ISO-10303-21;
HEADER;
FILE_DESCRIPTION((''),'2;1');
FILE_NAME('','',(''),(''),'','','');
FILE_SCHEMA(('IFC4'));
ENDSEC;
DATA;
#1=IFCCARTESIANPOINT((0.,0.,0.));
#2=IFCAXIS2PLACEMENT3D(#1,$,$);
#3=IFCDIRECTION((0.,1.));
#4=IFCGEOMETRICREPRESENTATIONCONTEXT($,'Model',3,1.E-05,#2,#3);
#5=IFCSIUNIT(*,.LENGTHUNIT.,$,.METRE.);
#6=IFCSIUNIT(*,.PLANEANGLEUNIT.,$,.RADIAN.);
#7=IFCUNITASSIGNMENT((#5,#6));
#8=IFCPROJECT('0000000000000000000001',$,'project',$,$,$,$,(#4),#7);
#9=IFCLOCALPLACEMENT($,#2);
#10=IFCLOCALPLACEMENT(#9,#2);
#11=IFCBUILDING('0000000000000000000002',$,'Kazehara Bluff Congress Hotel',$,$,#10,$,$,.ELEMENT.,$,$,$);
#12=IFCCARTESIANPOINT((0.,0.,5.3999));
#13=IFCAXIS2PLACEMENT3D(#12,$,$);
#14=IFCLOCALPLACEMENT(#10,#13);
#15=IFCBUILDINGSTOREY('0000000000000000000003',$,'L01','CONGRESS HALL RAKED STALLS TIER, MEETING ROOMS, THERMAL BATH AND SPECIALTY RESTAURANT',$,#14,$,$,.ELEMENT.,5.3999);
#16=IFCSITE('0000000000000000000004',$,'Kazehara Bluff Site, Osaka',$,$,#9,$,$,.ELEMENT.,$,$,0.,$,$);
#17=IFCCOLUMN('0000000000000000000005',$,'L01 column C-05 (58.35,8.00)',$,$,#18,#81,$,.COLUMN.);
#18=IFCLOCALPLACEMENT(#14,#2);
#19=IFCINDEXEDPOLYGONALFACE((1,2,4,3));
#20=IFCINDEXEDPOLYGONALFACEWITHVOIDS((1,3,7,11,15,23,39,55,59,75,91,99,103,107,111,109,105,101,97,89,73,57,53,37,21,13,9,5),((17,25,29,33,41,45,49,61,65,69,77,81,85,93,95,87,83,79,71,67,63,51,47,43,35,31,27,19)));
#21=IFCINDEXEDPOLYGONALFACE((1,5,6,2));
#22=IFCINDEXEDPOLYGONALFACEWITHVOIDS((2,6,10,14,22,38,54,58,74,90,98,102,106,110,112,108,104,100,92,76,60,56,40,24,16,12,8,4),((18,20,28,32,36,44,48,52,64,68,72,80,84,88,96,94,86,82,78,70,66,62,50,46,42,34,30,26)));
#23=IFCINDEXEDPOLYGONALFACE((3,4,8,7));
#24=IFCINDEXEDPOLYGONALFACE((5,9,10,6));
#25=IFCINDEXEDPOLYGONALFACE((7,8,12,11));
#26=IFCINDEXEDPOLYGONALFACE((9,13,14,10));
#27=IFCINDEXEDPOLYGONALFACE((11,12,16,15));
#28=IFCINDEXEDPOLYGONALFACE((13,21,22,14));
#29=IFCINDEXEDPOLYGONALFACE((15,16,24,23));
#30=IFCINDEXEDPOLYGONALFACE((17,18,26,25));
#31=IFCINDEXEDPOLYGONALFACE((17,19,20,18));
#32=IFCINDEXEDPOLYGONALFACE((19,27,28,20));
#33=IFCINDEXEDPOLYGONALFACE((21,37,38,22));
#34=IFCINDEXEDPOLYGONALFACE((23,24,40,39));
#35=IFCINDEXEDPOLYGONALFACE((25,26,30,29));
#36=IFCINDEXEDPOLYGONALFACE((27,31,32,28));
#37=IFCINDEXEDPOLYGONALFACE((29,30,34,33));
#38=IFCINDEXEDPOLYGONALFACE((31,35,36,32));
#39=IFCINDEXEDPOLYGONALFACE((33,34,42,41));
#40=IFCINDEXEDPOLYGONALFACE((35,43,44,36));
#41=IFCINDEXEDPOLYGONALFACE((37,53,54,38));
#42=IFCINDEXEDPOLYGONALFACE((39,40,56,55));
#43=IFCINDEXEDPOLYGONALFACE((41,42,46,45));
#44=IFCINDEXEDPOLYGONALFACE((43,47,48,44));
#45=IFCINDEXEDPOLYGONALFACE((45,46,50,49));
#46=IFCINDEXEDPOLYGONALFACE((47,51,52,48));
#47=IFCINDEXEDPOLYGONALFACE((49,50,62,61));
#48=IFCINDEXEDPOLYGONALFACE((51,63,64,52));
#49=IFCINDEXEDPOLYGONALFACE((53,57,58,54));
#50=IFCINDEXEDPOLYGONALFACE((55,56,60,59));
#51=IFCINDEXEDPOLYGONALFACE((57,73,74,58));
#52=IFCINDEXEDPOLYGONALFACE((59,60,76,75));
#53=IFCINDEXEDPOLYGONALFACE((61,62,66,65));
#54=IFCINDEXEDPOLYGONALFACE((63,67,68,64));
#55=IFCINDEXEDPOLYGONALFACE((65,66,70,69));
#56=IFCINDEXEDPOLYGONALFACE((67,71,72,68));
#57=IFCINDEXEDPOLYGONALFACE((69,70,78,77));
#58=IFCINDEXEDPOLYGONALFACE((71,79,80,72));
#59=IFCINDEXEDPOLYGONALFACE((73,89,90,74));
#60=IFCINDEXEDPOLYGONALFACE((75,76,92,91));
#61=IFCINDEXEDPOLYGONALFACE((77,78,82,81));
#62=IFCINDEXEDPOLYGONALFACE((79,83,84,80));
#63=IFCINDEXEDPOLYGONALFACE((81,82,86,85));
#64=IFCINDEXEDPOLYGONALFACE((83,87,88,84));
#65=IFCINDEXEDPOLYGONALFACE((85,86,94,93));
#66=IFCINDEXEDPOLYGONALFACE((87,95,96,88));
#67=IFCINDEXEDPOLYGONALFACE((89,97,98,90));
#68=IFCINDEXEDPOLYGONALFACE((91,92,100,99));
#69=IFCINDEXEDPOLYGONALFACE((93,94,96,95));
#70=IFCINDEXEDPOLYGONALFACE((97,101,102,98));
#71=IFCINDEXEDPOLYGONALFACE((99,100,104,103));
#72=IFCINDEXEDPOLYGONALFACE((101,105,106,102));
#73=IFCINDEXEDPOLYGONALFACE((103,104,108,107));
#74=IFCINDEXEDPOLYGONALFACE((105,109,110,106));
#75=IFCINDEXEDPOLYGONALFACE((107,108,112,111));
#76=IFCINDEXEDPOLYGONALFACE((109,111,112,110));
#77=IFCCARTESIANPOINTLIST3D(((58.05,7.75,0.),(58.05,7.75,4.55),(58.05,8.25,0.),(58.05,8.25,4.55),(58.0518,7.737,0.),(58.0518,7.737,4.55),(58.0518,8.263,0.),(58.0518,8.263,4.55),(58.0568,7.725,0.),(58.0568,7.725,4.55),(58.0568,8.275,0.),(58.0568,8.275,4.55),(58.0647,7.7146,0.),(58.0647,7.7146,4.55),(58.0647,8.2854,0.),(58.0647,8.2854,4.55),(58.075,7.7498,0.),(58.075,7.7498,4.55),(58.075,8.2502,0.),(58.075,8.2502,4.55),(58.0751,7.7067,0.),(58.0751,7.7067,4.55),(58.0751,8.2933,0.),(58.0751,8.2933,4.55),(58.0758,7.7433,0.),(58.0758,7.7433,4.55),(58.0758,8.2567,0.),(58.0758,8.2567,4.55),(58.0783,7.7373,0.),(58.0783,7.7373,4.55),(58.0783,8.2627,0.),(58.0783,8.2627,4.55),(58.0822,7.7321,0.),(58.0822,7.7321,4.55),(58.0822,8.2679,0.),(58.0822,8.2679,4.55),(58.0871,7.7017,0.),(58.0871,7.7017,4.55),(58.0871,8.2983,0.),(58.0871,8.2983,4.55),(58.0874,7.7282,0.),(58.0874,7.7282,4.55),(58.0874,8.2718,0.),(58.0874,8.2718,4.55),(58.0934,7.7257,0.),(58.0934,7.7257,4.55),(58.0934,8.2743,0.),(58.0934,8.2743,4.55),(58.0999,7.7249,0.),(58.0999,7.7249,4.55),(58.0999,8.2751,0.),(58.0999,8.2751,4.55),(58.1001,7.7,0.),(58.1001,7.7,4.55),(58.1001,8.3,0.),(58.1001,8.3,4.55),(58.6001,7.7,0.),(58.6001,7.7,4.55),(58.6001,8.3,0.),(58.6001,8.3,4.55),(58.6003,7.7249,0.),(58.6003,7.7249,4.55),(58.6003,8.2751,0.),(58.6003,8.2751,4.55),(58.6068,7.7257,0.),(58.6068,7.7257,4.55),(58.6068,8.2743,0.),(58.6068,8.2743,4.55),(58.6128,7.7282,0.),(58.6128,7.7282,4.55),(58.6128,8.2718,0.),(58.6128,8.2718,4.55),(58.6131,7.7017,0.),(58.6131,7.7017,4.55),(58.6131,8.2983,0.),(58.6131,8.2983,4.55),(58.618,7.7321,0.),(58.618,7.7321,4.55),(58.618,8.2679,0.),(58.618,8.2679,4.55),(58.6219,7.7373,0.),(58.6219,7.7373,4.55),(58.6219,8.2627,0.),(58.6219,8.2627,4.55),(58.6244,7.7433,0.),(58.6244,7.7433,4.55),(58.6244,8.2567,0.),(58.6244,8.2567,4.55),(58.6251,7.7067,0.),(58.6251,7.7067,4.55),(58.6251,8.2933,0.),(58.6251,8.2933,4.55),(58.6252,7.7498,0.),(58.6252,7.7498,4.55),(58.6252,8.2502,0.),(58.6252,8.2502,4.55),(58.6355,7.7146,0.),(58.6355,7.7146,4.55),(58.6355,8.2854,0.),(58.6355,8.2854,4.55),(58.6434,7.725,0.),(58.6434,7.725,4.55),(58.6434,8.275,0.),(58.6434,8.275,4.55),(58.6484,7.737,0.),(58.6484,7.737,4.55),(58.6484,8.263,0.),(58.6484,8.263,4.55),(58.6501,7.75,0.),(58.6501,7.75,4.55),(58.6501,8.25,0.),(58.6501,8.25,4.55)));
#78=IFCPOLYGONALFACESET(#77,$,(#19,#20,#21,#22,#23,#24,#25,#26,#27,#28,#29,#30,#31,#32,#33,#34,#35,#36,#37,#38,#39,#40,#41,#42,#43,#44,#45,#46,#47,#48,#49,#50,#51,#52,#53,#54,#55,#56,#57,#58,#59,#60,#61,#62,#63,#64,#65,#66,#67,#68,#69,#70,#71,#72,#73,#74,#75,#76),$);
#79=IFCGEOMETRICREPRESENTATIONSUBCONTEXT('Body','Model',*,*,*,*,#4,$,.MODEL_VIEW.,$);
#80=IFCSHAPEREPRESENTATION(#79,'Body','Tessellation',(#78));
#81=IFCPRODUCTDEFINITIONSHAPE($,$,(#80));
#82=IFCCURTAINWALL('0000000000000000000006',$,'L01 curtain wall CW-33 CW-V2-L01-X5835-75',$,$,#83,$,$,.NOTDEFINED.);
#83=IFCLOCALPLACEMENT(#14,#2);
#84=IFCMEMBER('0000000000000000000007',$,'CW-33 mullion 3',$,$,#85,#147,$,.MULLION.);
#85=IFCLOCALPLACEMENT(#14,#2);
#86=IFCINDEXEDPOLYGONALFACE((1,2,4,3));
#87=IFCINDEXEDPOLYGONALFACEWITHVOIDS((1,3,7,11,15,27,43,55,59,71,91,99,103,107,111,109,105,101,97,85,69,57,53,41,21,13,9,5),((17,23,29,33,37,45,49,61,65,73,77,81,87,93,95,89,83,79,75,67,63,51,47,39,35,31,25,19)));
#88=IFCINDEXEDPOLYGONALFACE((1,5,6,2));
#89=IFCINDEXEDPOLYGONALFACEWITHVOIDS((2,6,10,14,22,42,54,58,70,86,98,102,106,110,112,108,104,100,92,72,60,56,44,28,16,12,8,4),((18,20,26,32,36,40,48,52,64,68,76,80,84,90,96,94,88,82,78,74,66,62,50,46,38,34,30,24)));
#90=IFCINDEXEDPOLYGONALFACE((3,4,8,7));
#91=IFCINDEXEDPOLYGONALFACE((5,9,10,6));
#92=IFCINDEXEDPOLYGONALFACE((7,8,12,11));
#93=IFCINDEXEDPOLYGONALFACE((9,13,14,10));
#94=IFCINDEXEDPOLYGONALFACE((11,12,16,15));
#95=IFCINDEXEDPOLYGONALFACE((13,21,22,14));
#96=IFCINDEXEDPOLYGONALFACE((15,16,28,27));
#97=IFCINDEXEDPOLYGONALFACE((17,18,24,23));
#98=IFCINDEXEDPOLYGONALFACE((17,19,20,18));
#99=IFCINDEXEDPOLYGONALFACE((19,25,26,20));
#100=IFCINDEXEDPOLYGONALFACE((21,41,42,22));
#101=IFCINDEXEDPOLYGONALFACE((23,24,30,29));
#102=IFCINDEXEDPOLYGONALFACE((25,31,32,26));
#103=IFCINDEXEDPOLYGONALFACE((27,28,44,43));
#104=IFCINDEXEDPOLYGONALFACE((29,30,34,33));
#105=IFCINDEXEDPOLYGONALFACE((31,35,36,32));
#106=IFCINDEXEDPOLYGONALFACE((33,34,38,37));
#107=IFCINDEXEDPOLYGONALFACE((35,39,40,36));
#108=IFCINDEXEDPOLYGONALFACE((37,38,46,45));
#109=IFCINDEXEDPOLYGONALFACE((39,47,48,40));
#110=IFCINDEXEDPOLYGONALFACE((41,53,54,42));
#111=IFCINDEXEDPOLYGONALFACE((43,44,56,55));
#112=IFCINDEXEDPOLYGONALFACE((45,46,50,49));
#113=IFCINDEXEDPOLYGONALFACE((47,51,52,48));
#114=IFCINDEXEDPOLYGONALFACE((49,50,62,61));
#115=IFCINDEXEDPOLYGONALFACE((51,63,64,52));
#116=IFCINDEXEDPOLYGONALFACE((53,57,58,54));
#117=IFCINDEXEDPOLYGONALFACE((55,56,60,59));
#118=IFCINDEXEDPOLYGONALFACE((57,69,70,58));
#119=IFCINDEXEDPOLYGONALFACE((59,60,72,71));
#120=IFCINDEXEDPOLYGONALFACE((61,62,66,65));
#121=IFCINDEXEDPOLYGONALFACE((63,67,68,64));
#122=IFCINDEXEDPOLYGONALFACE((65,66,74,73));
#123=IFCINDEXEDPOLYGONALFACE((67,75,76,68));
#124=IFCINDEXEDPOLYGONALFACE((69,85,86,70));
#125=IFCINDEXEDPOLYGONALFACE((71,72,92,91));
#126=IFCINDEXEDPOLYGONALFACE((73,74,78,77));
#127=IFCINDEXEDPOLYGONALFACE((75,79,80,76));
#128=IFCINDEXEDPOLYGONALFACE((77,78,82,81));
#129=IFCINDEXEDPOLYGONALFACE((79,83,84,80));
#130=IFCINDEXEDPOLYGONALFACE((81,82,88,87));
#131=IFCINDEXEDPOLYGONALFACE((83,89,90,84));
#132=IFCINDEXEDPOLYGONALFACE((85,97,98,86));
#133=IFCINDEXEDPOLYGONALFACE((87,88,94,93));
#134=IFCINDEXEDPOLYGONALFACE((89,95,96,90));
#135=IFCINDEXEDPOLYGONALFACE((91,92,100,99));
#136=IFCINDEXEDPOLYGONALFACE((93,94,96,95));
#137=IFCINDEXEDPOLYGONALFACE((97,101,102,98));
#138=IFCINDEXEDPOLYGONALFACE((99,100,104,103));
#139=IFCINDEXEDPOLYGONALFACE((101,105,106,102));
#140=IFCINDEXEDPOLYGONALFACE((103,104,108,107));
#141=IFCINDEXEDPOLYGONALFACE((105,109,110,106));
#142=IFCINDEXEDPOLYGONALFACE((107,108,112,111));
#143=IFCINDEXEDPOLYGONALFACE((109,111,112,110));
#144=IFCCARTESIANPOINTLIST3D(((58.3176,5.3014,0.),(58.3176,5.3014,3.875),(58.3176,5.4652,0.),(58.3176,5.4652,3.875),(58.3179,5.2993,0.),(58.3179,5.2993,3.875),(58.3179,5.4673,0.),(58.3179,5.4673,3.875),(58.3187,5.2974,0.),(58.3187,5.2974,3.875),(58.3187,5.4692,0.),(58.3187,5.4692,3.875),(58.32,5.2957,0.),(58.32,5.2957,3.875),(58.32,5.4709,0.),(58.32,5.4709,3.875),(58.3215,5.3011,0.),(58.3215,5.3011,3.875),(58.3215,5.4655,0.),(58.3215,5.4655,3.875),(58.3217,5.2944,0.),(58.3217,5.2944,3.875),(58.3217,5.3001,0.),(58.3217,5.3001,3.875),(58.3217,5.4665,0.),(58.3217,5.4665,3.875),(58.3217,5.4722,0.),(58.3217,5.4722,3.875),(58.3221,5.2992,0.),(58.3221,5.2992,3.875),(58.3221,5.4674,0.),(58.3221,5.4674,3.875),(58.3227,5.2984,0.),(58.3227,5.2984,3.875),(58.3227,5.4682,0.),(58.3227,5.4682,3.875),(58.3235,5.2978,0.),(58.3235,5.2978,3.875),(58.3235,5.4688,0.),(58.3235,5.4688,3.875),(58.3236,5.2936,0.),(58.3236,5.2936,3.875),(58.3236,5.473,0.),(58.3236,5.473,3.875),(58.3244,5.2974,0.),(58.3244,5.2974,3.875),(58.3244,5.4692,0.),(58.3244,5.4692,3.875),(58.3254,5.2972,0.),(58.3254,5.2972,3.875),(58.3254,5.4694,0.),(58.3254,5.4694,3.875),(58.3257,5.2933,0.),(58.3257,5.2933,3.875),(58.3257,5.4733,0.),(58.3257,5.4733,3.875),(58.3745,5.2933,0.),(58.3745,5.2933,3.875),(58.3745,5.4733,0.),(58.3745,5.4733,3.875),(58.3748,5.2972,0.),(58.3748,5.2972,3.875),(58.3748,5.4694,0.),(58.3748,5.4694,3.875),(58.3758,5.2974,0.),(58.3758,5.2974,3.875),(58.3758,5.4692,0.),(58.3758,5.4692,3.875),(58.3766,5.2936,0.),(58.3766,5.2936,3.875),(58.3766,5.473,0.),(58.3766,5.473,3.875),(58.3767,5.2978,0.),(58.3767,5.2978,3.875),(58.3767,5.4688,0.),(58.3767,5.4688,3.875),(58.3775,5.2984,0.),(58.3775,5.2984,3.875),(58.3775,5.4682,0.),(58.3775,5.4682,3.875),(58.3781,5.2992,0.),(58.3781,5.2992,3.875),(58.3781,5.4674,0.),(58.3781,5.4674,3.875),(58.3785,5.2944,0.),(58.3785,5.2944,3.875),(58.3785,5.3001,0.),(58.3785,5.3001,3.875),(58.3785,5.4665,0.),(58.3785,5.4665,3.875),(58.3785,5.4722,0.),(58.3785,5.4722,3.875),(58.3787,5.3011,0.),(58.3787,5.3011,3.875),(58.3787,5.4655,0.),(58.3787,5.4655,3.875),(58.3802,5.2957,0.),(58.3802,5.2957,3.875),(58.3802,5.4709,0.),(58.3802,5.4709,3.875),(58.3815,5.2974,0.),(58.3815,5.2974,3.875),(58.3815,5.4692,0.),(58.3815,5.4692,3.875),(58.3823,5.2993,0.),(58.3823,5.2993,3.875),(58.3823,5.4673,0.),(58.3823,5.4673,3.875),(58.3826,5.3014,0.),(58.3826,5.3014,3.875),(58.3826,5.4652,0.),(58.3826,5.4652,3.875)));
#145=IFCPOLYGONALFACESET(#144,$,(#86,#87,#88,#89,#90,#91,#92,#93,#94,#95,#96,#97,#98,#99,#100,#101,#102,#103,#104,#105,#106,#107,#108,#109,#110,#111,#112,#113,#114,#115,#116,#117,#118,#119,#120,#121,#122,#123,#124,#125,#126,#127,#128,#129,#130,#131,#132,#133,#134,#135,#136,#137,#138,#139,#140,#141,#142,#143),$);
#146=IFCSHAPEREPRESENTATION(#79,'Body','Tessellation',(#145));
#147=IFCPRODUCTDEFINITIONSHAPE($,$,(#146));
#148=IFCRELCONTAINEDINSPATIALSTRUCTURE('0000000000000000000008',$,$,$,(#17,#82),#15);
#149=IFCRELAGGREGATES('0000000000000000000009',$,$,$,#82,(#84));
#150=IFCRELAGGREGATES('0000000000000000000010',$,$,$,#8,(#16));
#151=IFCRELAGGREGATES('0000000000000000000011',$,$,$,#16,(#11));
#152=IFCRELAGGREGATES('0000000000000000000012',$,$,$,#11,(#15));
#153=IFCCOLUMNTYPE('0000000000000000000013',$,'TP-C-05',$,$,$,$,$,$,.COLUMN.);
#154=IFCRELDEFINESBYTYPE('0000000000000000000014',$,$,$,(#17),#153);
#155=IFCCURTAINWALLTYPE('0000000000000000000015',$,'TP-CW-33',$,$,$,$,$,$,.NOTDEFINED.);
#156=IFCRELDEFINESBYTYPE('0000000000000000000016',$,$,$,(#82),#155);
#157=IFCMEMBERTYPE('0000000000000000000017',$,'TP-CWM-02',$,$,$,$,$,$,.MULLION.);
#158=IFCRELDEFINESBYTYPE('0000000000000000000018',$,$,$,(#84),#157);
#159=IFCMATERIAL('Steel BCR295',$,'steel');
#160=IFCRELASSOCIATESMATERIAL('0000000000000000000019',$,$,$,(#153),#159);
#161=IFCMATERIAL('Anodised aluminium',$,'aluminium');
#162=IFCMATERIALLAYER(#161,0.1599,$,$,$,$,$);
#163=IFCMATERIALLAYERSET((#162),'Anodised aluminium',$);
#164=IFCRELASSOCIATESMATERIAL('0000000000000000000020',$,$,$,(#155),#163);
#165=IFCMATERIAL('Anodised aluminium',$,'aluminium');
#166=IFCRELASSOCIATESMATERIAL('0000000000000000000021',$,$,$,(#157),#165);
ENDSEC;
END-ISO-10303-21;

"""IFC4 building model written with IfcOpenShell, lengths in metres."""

from ifc_helpers import new_model, si_unit, direction, frame, origin, origin_2d, place, context, subcontext, project, spatial, hollow_rectangle, extrude, material, layer, layer_set, material_profile, profile_set, type_object, element, aggregate, save


model = new_model("IFC4")

# Units and contexts
model_context = context("Model", 3, precision=1e-05, world=origin(), true_north=direction((0.0, 1.0)))
body_context = subcontext(model_context, "Body", "Model", "MODEL_VIEW")
ifc_project = project(units=[si_unit("LENGTHUNIT", "METRE"), si_unit("PLANEANGLEUNIT", "RADIAN")], contexts=[model_context])

# Site, building, storey
site_placement = place(None, origin())
site = spatial("IfcSite", under=ifc_project, at=site_placement, Name="Kazehara Bluff Site, Osaka", CompositionType="ELEMENT", RefElevation=0.0)
building_placement = place(site_placement, origin())
building = spatial("IfcBuilding", under=site, at=building_placement, Name="Kazehara Bluff Congress Hotel", CompositionType="ELEMENT")
storey_placement = place(building_placement, frame((0.0, 0.0, 5.3999)))
storey = spatial("IfcBuildingStorey", under=building, at=storey_placement, Name="L01", Description="CONGRESS HALL RAKED STALLS TIER, MEETING ROOMS, THERMAL BATH AND SPECIALTY RESTAURANT", CompositionType="ELEMENT", Elevation=5.3999)

# Column
ifc_material_1 = material(Name="Steel BCR295", Category="steel")
ifc_material_profile_1 = material_profile(ifc_material_1, hollow_rectangle(XDim=0.6001, YDim=0.6001, WallThickness=0.0249, InnerFilletRadius=0.0249, OuterFilletRadius=0.05, at=origin_2d()))
ifc_profile_set_1 = profile_set([ifc_material_profile_1], Name="Steel BCR295")
column_type = type_object("IfcColumnType", Name="TP-C-05", PredefinedType="COLUMN", material=ifc_profile_set_1)
column_placement = place(storey_placement, frame((58.3501, 8.0, 0.0), z_axis=(0.0, 0.0, 1.0), x_axis=(1.0, 0.0, 0.0)))
element("IfcColumn", 1, at=column_placement, inside=storey, type_object=column_type, Name="L01 column C-05 (58.35,8.00)", PredefinedType="COLUMN", context=body_context, shape_type="SweptSolid", body=[
    extrude(hollow_rectangle(XDim=0.6001, YDim=0.6001, WallThickness=0.0249, InnerFilletRadius=0.0249, OuterFilletRadius=0.05, at=origin_2d()), origin(), (0.0, 0.0, 1.0), 4.55),
])

# Curtain wall, member
ifc_material_2 = material(Name="Anodised aluminium", Category="aluminium")
ifc_layer_1 = layer(ifc_material_2, 0.1599)
ifc_layer_set_1 = layer_set([ifc_layer_1], Name="Anodised aluminium")
curtain_wall_type_1 = type_object("IfcCurtainWallType", Name="TP-CW-33", PredefinedType="NOTDEFINED", material=ifc_layer_set_1)
curtain_wall_1_placement = place(storey_placement, origin())
curtain_wall_1 = element("IfcCurtainWall", 2, at=curtain_wall_1_placement, inside=storey, type_object=curtain_wall_type_1, Name="L01 curtain wall CW-33 CW-V2-L01-X5835-75", PredefinedType="NOTDEFINED")
ifc_material_3 = material(Name="Anodised aluminium", Category="aluminium")
ifc_material_profile_2 = material_profile(ifc_material_3, hollow_rectangle(XDim=0.0649, YDim=0.1799, WallThickness=0.0039, InnerFilletRadius=0.0039, OuterFilletRadius=0.0081, at=origin_2d()))
ifc_profile_set_2 = profile_set([ifc_material_profile_2], Name="Anodised aluminium")
member_type_1 = type_object("IfcMemberType", Name="TP-CWM-02", PredefinedType="MULLION", material=ifc_profile_set_2)
member_1_placement = place(storey_placement, frame((58.3501, 5.3833, 0.0), z_axis=(0.0, 0.0, 1.0), x_axis=(-1.0, 0.0, 0.0)))
member_1 = element("IfcMember", 3, at=member_1_placement, type_object=member_type_1, Name="CW-33 mullion 3", PredefinedType="MULLION", context=body_context, shape_type="SweptSolid", body=[
    extrude(hollow_rectangle(XDim=0.0649, YDim=0.1799, WallThickness=0.0039, InnerFilletRadius=0.0039, OuterFilletRadius=0.0081, at=origin_2d()), origin(), (0.0, 0.0, 1.0), 3.875),
])

aggregate(curtain_wall_1, [member_1])

save(model, "model.ifc")
